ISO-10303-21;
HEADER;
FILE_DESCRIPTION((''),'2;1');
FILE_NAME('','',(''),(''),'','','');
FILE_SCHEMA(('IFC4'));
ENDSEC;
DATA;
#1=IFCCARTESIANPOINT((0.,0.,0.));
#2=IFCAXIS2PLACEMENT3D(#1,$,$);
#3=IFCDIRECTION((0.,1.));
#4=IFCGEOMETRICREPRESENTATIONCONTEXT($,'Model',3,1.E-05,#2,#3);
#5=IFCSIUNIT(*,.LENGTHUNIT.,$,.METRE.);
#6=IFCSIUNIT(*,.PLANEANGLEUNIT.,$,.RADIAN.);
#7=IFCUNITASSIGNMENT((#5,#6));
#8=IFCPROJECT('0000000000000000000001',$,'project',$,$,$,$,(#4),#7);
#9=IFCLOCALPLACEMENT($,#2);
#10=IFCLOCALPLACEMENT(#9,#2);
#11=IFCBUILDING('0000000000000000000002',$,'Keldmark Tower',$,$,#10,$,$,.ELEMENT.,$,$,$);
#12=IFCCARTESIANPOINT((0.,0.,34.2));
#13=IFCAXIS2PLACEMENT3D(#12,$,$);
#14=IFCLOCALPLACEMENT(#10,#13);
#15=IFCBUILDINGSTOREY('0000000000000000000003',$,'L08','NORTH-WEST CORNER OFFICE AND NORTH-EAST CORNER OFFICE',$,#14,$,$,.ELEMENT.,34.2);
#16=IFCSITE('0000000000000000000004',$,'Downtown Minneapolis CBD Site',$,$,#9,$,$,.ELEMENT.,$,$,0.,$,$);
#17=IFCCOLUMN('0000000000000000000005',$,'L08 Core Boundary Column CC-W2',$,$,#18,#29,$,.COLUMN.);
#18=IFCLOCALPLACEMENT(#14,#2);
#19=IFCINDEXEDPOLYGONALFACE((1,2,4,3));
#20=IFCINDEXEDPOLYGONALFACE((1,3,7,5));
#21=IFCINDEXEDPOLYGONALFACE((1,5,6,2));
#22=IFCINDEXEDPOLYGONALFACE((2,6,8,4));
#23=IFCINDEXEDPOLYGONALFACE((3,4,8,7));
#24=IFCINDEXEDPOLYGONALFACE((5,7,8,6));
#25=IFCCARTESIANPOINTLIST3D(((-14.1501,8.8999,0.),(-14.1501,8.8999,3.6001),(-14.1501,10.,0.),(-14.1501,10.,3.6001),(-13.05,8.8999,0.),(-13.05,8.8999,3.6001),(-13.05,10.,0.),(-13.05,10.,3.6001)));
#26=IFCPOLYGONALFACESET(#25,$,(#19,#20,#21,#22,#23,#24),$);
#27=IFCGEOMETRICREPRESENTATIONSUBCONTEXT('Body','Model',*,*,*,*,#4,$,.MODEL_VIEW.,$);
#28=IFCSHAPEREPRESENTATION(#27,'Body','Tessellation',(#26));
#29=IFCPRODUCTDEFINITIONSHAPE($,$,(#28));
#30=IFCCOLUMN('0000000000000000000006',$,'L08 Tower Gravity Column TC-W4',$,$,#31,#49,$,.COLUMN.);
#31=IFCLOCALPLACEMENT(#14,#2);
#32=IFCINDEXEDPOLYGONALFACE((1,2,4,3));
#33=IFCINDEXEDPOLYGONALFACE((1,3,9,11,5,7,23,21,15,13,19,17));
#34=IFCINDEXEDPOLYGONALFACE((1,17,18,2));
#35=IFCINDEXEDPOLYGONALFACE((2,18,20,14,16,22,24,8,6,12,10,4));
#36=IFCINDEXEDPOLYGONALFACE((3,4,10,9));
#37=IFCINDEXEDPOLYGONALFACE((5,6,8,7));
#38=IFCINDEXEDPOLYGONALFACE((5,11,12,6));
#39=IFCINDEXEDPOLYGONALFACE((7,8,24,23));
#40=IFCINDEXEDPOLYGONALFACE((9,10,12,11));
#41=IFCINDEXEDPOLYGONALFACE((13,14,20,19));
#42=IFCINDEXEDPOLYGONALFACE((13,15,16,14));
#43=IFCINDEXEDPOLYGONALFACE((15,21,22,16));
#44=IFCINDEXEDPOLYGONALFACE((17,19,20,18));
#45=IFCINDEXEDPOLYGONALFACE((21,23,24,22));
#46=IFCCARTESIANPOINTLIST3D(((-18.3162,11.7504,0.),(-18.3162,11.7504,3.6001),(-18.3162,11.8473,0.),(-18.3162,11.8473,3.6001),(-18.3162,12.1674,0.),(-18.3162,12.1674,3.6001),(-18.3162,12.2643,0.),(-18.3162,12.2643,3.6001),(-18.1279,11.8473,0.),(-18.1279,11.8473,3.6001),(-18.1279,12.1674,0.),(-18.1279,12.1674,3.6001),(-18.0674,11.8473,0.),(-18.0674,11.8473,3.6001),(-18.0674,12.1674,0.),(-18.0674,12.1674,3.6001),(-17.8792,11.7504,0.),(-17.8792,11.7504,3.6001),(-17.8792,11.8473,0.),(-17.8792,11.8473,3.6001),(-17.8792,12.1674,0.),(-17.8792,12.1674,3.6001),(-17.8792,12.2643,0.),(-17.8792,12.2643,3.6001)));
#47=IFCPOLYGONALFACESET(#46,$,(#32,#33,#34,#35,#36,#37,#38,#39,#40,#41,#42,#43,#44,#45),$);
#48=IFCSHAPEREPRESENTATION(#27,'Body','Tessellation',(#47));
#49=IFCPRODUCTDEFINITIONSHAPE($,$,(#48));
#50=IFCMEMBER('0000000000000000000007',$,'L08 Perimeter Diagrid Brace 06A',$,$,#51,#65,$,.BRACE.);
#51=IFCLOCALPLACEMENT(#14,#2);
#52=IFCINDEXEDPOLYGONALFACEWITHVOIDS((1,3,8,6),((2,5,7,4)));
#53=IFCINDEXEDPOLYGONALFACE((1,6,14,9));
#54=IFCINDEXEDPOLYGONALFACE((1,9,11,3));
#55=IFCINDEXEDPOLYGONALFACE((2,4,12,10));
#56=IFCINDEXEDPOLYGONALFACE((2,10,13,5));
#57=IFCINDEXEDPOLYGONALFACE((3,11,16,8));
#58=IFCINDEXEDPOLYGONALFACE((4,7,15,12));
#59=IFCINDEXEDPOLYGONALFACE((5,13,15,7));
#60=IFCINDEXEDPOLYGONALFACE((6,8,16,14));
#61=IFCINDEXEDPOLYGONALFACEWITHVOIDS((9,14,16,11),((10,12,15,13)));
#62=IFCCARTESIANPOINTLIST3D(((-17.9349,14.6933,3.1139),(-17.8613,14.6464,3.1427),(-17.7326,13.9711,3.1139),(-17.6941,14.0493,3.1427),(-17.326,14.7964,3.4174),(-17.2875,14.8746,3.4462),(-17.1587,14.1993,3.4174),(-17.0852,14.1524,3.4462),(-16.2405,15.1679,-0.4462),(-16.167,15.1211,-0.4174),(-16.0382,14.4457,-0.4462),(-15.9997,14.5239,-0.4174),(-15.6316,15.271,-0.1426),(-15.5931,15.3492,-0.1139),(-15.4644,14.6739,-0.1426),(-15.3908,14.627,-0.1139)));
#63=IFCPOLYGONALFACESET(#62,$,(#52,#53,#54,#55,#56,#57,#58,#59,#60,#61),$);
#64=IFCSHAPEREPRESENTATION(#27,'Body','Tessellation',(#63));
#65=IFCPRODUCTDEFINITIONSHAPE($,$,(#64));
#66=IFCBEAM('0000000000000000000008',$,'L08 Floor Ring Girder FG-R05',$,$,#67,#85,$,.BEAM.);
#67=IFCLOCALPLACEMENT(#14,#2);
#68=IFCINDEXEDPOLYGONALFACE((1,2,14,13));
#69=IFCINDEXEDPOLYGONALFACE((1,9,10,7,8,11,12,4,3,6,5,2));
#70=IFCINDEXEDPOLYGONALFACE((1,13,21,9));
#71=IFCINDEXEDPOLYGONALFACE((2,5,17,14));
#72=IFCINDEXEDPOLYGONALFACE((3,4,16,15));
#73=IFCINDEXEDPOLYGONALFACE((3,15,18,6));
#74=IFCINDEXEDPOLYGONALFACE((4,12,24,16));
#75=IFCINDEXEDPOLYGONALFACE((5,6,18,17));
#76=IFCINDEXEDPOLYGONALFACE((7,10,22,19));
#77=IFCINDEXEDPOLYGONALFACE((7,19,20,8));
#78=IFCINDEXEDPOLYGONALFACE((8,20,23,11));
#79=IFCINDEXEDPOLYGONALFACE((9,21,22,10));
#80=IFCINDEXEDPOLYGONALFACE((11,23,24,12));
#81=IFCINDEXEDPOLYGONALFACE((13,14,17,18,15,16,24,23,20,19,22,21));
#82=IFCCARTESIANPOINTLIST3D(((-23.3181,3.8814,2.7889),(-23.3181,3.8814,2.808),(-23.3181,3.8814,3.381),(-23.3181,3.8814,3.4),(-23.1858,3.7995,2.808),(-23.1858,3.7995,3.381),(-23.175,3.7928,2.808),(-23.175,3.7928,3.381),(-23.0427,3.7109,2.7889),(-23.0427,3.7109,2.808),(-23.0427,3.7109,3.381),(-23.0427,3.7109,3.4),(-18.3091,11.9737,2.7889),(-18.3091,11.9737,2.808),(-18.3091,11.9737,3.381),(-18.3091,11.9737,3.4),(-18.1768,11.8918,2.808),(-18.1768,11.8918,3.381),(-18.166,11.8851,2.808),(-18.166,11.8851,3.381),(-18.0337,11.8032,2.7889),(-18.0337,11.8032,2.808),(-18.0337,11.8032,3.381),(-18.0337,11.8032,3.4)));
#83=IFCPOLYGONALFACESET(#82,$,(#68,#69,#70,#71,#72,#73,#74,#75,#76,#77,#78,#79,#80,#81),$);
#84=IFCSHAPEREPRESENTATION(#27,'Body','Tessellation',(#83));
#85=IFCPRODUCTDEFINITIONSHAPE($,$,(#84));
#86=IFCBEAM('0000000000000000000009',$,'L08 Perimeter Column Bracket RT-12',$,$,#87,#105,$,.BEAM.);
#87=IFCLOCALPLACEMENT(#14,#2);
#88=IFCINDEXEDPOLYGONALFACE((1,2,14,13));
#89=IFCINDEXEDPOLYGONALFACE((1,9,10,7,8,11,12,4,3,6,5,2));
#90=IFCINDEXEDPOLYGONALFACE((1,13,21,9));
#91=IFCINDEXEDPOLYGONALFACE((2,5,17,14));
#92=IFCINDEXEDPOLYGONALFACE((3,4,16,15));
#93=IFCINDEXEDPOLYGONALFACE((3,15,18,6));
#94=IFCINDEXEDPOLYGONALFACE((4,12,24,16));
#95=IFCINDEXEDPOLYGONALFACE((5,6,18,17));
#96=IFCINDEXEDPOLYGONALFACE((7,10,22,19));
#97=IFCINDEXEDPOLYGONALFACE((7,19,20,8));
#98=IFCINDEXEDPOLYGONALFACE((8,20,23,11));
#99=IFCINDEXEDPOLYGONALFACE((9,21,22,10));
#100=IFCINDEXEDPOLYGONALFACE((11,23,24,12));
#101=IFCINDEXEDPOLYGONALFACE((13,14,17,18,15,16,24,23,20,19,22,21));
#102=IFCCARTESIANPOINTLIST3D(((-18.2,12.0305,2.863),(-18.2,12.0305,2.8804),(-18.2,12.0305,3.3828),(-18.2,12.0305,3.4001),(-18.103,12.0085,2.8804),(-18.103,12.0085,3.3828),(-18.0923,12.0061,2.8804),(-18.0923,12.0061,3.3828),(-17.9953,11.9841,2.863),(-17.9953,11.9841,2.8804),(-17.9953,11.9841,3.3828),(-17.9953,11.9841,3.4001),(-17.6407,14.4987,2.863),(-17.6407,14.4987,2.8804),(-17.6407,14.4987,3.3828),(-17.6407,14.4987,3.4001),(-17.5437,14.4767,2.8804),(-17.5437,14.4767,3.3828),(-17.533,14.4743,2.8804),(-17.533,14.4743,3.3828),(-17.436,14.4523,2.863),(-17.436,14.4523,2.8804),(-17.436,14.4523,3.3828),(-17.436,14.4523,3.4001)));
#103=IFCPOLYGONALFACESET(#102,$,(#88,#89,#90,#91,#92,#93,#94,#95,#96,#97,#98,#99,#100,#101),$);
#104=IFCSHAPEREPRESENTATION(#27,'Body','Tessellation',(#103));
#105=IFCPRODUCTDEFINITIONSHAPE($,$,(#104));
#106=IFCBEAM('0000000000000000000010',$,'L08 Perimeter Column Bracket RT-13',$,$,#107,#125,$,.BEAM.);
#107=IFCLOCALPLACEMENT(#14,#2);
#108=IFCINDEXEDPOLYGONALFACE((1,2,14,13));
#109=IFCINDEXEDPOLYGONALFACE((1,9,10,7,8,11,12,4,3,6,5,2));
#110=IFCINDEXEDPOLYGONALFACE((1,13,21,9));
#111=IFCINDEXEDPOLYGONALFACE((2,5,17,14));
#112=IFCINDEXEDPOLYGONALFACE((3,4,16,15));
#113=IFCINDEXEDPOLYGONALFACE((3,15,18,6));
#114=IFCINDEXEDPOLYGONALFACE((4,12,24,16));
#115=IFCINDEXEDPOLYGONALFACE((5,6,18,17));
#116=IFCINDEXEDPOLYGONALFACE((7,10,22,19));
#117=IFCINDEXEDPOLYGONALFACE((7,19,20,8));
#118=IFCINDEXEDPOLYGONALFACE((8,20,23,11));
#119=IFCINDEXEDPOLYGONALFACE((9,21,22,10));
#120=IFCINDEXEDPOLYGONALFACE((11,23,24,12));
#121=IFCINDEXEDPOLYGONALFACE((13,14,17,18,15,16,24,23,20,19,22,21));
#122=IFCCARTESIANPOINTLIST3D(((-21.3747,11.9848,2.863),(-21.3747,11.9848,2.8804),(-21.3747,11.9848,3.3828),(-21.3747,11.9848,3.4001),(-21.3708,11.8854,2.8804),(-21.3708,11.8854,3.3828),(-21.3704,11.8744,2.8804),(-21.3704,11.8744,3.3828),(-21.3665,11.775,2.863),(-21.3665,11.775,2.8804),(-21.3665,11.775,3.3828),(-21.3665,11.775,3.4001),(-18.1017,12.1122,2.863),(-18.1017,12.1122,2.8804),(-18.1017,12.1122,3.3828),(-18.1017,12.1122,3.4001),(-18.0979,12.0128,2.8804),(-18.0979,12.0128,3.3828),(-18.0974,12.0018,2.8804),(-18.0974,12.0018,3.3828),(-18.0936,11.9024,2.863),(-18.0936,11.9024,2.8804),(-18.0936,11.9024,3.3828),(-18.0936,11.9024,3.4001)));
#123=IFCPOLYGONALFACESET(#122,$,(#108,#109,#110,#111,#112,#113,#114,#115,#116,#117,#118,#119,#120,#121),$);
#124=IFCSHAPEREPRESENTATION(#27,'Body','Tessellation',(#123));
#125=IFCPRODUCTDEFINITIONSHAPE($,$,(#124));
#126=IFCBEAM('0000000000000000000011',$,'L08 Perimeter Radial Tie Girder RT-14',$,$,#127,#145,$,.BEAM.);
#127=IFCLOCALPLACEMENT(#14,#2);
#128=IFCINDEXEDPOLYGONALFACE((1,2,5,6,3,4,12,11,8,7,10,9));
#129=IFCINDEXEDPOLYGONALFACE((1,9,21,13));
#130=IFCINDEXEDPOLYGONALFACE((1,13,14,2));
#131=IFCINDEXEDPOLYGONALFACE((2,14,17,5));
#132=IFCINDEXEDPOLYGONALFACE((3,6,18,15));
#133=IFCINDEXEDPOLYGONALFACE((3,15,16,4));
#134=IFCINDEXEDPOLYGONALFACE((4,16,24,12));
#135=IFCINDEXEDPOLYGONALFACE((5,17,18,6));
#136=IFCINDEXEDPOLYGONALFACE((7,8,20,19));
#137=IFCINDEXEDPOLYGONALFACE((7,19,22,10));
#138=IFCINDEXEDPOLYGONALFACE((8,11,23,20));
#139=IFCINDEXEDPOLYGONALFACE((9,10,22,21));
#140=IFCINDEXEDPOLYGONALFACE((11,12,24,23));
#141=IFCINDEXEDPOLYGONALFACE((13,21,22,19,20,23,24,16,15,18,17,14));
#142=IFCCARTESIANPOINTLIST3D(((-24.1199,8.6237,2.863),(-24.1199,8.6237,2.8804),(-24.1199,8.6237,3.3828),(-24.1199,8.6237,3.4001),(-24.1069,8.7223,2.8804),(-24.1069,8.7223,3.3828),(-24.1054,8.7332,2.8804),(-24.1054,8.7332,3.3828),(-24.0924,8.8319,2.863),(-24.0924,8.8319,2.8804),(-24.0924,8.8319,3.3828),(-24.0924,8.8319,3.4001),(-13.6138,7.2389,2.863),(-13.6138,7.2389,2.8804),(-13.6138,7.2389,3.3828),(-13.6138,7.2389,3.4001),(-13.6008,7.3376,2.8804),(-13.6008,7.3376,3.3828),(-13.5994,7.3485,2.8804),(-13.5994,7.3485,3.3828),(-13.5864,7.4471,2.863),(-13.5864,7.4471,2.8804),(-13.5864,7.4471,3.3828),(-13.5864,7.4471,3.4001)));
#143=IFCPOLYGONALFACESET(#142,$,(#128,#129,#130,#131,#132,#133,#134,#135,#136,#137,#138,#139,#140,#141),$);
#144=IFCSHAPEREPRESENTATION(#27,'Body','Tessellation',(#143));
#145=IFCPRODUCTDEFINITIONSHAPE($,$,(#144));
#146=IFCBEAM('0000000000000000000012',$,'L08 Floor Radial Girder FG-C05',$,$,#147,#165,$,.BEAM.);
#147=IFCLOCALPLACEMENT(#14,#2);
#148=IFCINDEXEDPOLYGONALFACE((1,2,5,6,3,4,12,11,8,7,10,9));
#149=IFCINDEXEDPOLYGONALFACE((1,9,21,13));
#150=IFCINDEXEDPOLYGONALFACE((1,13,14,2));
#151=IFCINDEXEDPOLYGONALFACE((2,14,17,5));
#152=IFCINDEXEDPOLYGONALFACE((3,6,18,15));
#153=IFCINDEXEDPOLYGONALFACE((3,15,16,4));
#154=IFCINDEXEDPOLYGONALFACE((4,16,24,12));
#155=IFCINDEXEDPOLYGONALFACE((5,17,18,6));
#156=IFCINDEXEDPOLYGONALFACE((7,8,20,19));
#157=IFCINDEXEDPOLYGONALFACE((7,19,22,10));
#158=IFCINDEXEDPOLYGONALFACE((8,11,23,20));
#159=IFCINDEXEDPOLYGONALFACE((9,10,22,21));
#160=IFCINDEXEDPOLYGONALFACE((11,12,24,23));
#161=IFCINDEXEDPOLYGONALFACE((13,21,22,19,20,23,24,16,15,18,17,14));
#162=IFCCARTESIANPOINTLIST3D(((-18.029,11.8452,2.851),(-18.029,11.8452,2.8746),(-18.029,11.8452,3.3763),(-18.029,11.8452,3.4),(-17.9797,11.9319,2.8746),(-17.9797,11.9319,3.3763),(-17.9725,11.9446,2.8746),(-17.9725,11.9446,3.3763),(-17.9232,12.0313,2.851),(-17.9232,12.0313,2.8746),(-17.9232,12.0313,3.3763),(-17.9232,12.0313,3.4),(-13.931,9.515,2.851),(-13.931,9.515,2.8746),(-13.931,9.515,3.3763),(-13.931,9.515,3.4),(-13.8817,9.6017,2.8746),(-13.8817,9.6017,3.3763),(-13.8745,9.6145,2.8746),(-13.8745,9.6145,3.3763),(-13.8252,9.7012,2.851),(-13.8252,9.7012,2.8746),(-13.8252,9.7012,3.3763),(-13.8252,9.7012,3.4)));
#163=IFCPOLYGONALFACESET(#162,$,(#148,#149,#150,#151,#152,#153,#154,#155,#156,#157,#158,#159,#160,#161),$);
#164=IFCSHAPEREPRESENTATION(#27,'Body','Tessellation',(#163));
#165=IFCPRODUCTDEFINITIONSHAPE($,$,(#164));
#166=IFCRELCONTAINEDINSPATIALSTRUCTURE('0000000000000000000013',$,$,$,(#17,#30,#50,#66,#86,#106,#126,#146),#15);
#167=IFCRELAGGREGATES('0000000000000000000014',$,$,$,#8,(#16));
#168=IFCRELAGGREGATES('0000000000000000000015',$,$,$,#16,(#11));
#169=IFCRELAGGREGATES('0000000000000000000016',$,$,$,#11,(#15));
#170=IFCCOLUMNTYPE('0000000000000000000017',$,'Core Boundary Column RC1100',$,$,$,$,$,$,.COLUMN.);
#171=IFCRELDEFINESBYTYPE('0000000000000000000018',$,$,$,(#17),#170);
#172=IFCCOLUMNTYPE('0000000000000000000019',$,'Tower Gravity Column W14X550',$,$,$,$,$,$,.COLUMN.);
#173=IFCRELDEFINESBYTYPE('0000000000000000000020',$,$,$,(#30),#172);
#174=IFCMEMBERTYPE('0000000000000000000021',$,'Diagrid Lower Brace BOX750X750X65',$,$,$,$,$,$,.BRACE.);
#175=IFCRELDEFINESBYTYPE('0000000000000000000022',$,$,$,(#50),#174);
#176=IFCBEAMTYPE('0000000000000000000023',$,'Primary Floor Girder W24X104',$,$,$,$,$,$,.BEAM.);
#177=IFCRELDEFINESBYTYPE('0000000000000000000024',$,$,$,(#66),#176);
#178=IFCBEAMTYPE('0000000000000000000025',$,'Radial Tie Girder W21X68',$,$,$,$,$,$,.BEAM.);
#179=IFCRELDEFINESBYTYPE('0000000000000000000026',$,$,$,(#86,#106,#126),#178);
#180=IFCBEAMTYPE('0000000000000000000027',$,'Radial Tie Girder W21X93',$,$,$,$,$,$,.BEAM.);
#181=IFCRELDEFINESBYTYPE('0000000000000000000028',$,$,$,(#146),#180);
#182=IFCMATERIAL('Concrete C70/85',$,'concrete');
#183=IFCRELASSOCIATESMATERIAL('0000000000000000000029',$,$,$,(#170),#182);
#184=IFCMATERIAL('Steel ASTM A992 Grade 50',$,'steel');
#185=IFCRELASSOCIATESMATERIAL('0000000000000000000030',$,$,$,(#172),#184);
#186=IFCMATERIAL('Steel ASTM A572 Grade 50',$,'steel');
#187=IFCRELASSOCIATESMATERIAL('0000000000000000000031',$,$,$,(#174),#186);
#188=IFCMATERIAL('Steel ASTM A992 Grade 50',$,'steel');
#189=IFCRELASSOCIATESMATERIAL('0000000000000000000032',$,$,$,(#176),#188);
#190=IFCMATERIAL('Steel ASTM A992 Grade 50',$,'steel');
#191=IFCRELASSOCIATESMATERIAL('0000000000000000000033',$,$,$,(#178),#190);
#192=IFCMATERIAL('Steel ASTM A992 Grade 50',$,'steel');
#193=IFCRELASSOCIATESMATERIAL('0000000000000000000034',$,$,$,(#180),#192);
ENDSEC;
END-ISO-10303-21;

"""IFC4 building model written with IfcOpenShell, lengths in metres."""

from ifc_helpers import new_model, si_unit, direction, frame, origin, origin_2d, place, context, subcontext, project, spatial, rectangle, hollow_rectangle, i_section, extrude, material, material_profile, profile_set, type_object, element, save


model = new_model("IFC4")

# Units and contexts
model_context = context("Model", 3, precision=1e-05, world=origin(), true_north=direction((0.0, 1.0)))
body_context = subcontext(model_context, "Body", "Model", "MODEL_VIEW")
ifc_project = project(units=[si_unit("LENGTHUNIT", "METRE"), si_unit("PLANEANGLEUNIT", "RADIAN")], contexts=[model_context])

# Site, building, storey
site_placement = place(None, origin())
site = spatial("IfcSite", under=ifc_project, at=site_placement, Name="Downtown Minneapolis CBD Site", CompositionType="ELEMENT", RefElevation=0.0)
building_placement = place(site_placement, origin())
building = spatial("IfcBuilding", under=site, at=building_placement, Name="Keldmark Tower", CompositionType="ELEMENT")
storey_placement = place(building_placement, frame((0.0, 0.0, 34.2)))
storey = spatial("IfcBuildingStorey", under=building, at=storey_placement, Name="L08", Description="NORTH-WEST CORNER OFFICE AND NORTH-EAST CORNER OFFICE", CompositionType="ELEMENT", Elevation=34.2)

# Columns
ifc_material_1 = material(Name="Concrete C70/85", Category="concrete")
ifc_material_profile_1 = material_profile(ifc_material_1, rectangle(XDim=1.1001, YDim=1.1001, at=origin_2d()), Name="RC1100X1100")
ifc_profile_set_1 = profile_set([ifc_material_profile_1], Name="Concrete C70/85")
column_type_1 = type_object("IfcColumnType", Name="Core Boundary Column RC1100", PredefinedType="COLUMN", material=ifc_profile_set_1)
column_1_placement = place(storey_placement, frame((-13.6001, 9.45, 0.0), z_axis=(0.0, 0.0, 1.0), x_axis=(1.0, 0.0, 0.0)))
element("IfcColumn", 1, at=column_1_placement, inside=storey, type_object=column_type_1, Name="L08 Core Boundary Column CC-W2", PredefinedType="COLUMN", context=body_context, shape_type="SweptSolid", body=[
    extrude(rectangle(XDim=1.1001, YDim=1.1001, at=origin_2d()), origin(), (0.0, 0.0, 1.0), 3.6001),
])
ifc_material_2 = material(Name="Steel ASTM A992 Grade 50", Category="steel")
ifc_material_profile_2 = material_profile(ifc_material_2, i_section(OverallWidth=0.437, OverallDepth=0.5139, WebThickness=0.0605, FlangeThickness=0.0969, at=origin_2d()), Name="W14X550")
ifc_profile_set_2 = profile_set([ifc_material_profile_2], Name="Steel ASTM A992 Grade 50")
column_type_2 = type_object("IfcColumnType", Name="Tower Gravity Column W14X550", PredefinedType="COLUMN", material=ifc_profile_set_2)
column_2_placement = place(storey_placement, frame((-18.0977, 12.0073, 0.0), z_axis=(0.0, 0.0, 1.0), x_axis=(1.0, 0.0, 0.0)))
element("IfcColumn", 2, at=column_2_placement, inside=storey, type_object=column_type_2, Name="L08 Tower Gravity Column TC-W4", PredefinedType="COLUMN", context=body_context, shape_type="SweptSolid", body=[
    extrude(i_section(OverallWidth=0.437, OverallDepth=0.5139, WebThickness=0.0605, FlangeThickness=0.0969, at=origin_2d()), origin(), (0.0, 0.0, 1.0), 3.6001),
])

# Member
ifc_material_3 = material(Name="Steel ASTM A572 Grade 50", Category="steel")
ifc_material_profile_3 = material_profile(ifc_material_3, hollow_rectangle(XDim=0.75, YDim=0.75, WallThickness=0.0649, at=origin_2d()), Name="BOX750X750X65")
ifc_profile_set_3 = profile_set([ifc_material_profile_3], Name="Steel ASTM A572 Grade 50")
member_type = type_object("IfcMemberType", Name="Diagrid Lower Brace BOX750X750X65", PredefinedType="BRACE", material=ifc_profile_set_3)
member_placement = place(storey_placement, frame((-15.8157, 14.8975, -0.28), z_axis=(-0.426661, -0.119514, 0.89648), x_axis=(0.269733, -0.962935, 0.0)))
element("IfcMember", 3, at=member_placement, inside=storey, type_object=member_type, Name="L08 Perimeter Diagrid Brace 06A", PredefinedType="BRACE", context=body_context, shape_type="SweptSolid", body=[
    extrude(hollow_rectangle(XDim=0.75, YDim=0.75, WallThickness=0.0649, at=origin_2d()), origin(), (0.0, 0.0, 1.0), 3.9712),
])

# Beams
ifc_material_4 = material(Name="Steel ASTM A992 Grade 50", Category="steel")
ifc_material_profile_4 = material_profile(ifc_material_4, i_section(OverallWidth=0.324, OverallDepth=0.6111, WebThickness=0.0127, FlangeThickness=0.019, at=origin_2d()), Name="W24X104")
ifc_profile_set_4 = profile_set([ifc_material_profile_4], Name="Steel ASTM A992 Grade 50")
beam_type_1 = type_object("IfcBeamType", Name="Primary Floor Girder W24X104", PredefinedType="BEAM", material=ifc_profile_set_4)
beam_1_placement = place(storey_placement, frame((-18.1714, 11.8884, 3.0945), z_axis=(-0.526318, -0.850288, 0.0), x_axis=(0.850288, -0.526318, 0.0)))
element("IfcBeam", 4, at=beam_1_placement, inside=storey, type_object=beam_type_1, Name="L08 Floor Ring Girder FG-R05", PredefinedType="BEAM", context=body_context, shape_type="SweptSolid", body=[
    extrude(i_section(OverallWidth=0.324, OverallDepth=0.6111, WebThickness=0.0127, FlangeThickness=0.019, at=origin_2d()), origin(), (0.0, 0.0, 1.0), 9.5171),
])
ifc_material_5 = material(Name="Steel ASTM A992 Grade 50", Category="steel")
ifc_material_profile_5 = material_profile(ifc_material_5, i_section(OverallWidth=0.21, OverallDepth=0.5371, WebThickness=0.011, FlangeThickness=0.0173, at=origin_2d()), Name="W21X68")
ifc_profile_set_5 = profile_set([ifc_material_profile_5], Name="Steel ASTM A992 Grade 50")
beam_type_2 = type_object("IfcBeamType", Name="Radial Tie Girder W21X68", PredefinedType="BEAM", material=ifc_profile_set_5)
beam_2_placement = place(storey_placement, frame((-18.0977, 12.0073, 3.1316), z_axis=(0.221004, 0.975273, 0.0), x_axis=(-0.975273, 0.221004, 0.0)))
element("IfcBeam", 5, at=beam_2_placement, inside=storey, type_object=beam_type_2, Name="L08 Perimeter Column Bracket RT-12", PredefinedType="BEAM", context=body_context, shape_type="SweptSolid", body=[
    extrude(i_section(OverallWidth=0.21, OverallDepth=0.5371, WebThickness=0.011, FlangeThickness=0.0173, at=origin_2d()), origin(), (0.0, 0.0, 1.0), 2.5308),
])
beam_3_placement = place(storey_placement, frame((-18.0977, 12.0073, 3.1316), z_axis=(-0.999243, -0.038908, 0.0), x_axis=(0.038908, -0.999243, 0.0)))
element("IfcBeam", 6, at=beam_3_placement, inside=storey, type_object=beam_type_2, Name="L08 Perimeter Column Bracket RT-13", PredefinedType="BEAM", context=body_context, shape_type="SweptSolid", body=[
    extrude(i_section(OverallWidth=0.21, OverallDepth=0.5371, WebThickness=0.011, FlangeThickness=0.0173, at=origin_2d()), origin(), (0.0, 0.0, 1.0), 3.2754),
])
beam_4_placement = place(storey_placement, frame((-13.6001, 7.343, 3.1316), z_axis=(-0.991425, 0.130676, 0.0), x_axis=(-0.130676, -0.991425, 0.0)))
element("IfcBeam", 7, at=beam_4_placement, inside=storey, type_object=beam_type_2, Name="L08 Perimeter Radial Tie Girder RT-14", PredefinedType="BEAM", context=body_context, shape_type="SweptSolid", body=[
    extrude(i_section(OverallWidth=0.21, OverallDepth=0.5371, WebThickness=0.011, FlangeThickness=0.0173, at=origin_2d()), origin(), (0.0, 0.0, 1.0), 10.5969),
])
ifc_material_6 = material(Name="Steel ASTM A992 Grade 50", Category="steel")
ifc_material_profile_6 = material_profile(ifc_material_6, i_section(OverallWidth=0.2141, OverallDepth=0.5491, WebThickness=0.0146, FlangeThickness=0.0237, at=origin_2d()), Name="W21X93")
ifc_profile_set_6 = profile_set([ifc_material_profile_6], Name="Steel ASTM A992 Grade 50")
beam_type_3 = type_object("IfcBeamType", Name="Radial Tie Girder W21X93", PredefinedType="BEAM", material=ifc_profile_set_6)
beam_5_placement = place(storey_placement, frame((-17.9761, 11.9382, 3.1255), z_axis=(0.869299, -0.494286, 0.0), x_axis=(0.494286, 0.869299, 0.0)))
element("IfcBeam", 8, at=beam_5_placement, inside=storey, type_object=beam_type_3, Name="L08 Floor Radial Girder FG-C05", PredefinedType="BEAM", context=body_context, shape_type="SweptSolid", body=[
    extrude(i_section(OverallWidth=0.2141, OverallDepth=0.5491, WebThickness=0.0146, FlangeThickness=0.0237, at=origin_2d()), origin(), (0.0, 0.0, 1.0), 4.7141),
])

save(model, "model.ifc")
